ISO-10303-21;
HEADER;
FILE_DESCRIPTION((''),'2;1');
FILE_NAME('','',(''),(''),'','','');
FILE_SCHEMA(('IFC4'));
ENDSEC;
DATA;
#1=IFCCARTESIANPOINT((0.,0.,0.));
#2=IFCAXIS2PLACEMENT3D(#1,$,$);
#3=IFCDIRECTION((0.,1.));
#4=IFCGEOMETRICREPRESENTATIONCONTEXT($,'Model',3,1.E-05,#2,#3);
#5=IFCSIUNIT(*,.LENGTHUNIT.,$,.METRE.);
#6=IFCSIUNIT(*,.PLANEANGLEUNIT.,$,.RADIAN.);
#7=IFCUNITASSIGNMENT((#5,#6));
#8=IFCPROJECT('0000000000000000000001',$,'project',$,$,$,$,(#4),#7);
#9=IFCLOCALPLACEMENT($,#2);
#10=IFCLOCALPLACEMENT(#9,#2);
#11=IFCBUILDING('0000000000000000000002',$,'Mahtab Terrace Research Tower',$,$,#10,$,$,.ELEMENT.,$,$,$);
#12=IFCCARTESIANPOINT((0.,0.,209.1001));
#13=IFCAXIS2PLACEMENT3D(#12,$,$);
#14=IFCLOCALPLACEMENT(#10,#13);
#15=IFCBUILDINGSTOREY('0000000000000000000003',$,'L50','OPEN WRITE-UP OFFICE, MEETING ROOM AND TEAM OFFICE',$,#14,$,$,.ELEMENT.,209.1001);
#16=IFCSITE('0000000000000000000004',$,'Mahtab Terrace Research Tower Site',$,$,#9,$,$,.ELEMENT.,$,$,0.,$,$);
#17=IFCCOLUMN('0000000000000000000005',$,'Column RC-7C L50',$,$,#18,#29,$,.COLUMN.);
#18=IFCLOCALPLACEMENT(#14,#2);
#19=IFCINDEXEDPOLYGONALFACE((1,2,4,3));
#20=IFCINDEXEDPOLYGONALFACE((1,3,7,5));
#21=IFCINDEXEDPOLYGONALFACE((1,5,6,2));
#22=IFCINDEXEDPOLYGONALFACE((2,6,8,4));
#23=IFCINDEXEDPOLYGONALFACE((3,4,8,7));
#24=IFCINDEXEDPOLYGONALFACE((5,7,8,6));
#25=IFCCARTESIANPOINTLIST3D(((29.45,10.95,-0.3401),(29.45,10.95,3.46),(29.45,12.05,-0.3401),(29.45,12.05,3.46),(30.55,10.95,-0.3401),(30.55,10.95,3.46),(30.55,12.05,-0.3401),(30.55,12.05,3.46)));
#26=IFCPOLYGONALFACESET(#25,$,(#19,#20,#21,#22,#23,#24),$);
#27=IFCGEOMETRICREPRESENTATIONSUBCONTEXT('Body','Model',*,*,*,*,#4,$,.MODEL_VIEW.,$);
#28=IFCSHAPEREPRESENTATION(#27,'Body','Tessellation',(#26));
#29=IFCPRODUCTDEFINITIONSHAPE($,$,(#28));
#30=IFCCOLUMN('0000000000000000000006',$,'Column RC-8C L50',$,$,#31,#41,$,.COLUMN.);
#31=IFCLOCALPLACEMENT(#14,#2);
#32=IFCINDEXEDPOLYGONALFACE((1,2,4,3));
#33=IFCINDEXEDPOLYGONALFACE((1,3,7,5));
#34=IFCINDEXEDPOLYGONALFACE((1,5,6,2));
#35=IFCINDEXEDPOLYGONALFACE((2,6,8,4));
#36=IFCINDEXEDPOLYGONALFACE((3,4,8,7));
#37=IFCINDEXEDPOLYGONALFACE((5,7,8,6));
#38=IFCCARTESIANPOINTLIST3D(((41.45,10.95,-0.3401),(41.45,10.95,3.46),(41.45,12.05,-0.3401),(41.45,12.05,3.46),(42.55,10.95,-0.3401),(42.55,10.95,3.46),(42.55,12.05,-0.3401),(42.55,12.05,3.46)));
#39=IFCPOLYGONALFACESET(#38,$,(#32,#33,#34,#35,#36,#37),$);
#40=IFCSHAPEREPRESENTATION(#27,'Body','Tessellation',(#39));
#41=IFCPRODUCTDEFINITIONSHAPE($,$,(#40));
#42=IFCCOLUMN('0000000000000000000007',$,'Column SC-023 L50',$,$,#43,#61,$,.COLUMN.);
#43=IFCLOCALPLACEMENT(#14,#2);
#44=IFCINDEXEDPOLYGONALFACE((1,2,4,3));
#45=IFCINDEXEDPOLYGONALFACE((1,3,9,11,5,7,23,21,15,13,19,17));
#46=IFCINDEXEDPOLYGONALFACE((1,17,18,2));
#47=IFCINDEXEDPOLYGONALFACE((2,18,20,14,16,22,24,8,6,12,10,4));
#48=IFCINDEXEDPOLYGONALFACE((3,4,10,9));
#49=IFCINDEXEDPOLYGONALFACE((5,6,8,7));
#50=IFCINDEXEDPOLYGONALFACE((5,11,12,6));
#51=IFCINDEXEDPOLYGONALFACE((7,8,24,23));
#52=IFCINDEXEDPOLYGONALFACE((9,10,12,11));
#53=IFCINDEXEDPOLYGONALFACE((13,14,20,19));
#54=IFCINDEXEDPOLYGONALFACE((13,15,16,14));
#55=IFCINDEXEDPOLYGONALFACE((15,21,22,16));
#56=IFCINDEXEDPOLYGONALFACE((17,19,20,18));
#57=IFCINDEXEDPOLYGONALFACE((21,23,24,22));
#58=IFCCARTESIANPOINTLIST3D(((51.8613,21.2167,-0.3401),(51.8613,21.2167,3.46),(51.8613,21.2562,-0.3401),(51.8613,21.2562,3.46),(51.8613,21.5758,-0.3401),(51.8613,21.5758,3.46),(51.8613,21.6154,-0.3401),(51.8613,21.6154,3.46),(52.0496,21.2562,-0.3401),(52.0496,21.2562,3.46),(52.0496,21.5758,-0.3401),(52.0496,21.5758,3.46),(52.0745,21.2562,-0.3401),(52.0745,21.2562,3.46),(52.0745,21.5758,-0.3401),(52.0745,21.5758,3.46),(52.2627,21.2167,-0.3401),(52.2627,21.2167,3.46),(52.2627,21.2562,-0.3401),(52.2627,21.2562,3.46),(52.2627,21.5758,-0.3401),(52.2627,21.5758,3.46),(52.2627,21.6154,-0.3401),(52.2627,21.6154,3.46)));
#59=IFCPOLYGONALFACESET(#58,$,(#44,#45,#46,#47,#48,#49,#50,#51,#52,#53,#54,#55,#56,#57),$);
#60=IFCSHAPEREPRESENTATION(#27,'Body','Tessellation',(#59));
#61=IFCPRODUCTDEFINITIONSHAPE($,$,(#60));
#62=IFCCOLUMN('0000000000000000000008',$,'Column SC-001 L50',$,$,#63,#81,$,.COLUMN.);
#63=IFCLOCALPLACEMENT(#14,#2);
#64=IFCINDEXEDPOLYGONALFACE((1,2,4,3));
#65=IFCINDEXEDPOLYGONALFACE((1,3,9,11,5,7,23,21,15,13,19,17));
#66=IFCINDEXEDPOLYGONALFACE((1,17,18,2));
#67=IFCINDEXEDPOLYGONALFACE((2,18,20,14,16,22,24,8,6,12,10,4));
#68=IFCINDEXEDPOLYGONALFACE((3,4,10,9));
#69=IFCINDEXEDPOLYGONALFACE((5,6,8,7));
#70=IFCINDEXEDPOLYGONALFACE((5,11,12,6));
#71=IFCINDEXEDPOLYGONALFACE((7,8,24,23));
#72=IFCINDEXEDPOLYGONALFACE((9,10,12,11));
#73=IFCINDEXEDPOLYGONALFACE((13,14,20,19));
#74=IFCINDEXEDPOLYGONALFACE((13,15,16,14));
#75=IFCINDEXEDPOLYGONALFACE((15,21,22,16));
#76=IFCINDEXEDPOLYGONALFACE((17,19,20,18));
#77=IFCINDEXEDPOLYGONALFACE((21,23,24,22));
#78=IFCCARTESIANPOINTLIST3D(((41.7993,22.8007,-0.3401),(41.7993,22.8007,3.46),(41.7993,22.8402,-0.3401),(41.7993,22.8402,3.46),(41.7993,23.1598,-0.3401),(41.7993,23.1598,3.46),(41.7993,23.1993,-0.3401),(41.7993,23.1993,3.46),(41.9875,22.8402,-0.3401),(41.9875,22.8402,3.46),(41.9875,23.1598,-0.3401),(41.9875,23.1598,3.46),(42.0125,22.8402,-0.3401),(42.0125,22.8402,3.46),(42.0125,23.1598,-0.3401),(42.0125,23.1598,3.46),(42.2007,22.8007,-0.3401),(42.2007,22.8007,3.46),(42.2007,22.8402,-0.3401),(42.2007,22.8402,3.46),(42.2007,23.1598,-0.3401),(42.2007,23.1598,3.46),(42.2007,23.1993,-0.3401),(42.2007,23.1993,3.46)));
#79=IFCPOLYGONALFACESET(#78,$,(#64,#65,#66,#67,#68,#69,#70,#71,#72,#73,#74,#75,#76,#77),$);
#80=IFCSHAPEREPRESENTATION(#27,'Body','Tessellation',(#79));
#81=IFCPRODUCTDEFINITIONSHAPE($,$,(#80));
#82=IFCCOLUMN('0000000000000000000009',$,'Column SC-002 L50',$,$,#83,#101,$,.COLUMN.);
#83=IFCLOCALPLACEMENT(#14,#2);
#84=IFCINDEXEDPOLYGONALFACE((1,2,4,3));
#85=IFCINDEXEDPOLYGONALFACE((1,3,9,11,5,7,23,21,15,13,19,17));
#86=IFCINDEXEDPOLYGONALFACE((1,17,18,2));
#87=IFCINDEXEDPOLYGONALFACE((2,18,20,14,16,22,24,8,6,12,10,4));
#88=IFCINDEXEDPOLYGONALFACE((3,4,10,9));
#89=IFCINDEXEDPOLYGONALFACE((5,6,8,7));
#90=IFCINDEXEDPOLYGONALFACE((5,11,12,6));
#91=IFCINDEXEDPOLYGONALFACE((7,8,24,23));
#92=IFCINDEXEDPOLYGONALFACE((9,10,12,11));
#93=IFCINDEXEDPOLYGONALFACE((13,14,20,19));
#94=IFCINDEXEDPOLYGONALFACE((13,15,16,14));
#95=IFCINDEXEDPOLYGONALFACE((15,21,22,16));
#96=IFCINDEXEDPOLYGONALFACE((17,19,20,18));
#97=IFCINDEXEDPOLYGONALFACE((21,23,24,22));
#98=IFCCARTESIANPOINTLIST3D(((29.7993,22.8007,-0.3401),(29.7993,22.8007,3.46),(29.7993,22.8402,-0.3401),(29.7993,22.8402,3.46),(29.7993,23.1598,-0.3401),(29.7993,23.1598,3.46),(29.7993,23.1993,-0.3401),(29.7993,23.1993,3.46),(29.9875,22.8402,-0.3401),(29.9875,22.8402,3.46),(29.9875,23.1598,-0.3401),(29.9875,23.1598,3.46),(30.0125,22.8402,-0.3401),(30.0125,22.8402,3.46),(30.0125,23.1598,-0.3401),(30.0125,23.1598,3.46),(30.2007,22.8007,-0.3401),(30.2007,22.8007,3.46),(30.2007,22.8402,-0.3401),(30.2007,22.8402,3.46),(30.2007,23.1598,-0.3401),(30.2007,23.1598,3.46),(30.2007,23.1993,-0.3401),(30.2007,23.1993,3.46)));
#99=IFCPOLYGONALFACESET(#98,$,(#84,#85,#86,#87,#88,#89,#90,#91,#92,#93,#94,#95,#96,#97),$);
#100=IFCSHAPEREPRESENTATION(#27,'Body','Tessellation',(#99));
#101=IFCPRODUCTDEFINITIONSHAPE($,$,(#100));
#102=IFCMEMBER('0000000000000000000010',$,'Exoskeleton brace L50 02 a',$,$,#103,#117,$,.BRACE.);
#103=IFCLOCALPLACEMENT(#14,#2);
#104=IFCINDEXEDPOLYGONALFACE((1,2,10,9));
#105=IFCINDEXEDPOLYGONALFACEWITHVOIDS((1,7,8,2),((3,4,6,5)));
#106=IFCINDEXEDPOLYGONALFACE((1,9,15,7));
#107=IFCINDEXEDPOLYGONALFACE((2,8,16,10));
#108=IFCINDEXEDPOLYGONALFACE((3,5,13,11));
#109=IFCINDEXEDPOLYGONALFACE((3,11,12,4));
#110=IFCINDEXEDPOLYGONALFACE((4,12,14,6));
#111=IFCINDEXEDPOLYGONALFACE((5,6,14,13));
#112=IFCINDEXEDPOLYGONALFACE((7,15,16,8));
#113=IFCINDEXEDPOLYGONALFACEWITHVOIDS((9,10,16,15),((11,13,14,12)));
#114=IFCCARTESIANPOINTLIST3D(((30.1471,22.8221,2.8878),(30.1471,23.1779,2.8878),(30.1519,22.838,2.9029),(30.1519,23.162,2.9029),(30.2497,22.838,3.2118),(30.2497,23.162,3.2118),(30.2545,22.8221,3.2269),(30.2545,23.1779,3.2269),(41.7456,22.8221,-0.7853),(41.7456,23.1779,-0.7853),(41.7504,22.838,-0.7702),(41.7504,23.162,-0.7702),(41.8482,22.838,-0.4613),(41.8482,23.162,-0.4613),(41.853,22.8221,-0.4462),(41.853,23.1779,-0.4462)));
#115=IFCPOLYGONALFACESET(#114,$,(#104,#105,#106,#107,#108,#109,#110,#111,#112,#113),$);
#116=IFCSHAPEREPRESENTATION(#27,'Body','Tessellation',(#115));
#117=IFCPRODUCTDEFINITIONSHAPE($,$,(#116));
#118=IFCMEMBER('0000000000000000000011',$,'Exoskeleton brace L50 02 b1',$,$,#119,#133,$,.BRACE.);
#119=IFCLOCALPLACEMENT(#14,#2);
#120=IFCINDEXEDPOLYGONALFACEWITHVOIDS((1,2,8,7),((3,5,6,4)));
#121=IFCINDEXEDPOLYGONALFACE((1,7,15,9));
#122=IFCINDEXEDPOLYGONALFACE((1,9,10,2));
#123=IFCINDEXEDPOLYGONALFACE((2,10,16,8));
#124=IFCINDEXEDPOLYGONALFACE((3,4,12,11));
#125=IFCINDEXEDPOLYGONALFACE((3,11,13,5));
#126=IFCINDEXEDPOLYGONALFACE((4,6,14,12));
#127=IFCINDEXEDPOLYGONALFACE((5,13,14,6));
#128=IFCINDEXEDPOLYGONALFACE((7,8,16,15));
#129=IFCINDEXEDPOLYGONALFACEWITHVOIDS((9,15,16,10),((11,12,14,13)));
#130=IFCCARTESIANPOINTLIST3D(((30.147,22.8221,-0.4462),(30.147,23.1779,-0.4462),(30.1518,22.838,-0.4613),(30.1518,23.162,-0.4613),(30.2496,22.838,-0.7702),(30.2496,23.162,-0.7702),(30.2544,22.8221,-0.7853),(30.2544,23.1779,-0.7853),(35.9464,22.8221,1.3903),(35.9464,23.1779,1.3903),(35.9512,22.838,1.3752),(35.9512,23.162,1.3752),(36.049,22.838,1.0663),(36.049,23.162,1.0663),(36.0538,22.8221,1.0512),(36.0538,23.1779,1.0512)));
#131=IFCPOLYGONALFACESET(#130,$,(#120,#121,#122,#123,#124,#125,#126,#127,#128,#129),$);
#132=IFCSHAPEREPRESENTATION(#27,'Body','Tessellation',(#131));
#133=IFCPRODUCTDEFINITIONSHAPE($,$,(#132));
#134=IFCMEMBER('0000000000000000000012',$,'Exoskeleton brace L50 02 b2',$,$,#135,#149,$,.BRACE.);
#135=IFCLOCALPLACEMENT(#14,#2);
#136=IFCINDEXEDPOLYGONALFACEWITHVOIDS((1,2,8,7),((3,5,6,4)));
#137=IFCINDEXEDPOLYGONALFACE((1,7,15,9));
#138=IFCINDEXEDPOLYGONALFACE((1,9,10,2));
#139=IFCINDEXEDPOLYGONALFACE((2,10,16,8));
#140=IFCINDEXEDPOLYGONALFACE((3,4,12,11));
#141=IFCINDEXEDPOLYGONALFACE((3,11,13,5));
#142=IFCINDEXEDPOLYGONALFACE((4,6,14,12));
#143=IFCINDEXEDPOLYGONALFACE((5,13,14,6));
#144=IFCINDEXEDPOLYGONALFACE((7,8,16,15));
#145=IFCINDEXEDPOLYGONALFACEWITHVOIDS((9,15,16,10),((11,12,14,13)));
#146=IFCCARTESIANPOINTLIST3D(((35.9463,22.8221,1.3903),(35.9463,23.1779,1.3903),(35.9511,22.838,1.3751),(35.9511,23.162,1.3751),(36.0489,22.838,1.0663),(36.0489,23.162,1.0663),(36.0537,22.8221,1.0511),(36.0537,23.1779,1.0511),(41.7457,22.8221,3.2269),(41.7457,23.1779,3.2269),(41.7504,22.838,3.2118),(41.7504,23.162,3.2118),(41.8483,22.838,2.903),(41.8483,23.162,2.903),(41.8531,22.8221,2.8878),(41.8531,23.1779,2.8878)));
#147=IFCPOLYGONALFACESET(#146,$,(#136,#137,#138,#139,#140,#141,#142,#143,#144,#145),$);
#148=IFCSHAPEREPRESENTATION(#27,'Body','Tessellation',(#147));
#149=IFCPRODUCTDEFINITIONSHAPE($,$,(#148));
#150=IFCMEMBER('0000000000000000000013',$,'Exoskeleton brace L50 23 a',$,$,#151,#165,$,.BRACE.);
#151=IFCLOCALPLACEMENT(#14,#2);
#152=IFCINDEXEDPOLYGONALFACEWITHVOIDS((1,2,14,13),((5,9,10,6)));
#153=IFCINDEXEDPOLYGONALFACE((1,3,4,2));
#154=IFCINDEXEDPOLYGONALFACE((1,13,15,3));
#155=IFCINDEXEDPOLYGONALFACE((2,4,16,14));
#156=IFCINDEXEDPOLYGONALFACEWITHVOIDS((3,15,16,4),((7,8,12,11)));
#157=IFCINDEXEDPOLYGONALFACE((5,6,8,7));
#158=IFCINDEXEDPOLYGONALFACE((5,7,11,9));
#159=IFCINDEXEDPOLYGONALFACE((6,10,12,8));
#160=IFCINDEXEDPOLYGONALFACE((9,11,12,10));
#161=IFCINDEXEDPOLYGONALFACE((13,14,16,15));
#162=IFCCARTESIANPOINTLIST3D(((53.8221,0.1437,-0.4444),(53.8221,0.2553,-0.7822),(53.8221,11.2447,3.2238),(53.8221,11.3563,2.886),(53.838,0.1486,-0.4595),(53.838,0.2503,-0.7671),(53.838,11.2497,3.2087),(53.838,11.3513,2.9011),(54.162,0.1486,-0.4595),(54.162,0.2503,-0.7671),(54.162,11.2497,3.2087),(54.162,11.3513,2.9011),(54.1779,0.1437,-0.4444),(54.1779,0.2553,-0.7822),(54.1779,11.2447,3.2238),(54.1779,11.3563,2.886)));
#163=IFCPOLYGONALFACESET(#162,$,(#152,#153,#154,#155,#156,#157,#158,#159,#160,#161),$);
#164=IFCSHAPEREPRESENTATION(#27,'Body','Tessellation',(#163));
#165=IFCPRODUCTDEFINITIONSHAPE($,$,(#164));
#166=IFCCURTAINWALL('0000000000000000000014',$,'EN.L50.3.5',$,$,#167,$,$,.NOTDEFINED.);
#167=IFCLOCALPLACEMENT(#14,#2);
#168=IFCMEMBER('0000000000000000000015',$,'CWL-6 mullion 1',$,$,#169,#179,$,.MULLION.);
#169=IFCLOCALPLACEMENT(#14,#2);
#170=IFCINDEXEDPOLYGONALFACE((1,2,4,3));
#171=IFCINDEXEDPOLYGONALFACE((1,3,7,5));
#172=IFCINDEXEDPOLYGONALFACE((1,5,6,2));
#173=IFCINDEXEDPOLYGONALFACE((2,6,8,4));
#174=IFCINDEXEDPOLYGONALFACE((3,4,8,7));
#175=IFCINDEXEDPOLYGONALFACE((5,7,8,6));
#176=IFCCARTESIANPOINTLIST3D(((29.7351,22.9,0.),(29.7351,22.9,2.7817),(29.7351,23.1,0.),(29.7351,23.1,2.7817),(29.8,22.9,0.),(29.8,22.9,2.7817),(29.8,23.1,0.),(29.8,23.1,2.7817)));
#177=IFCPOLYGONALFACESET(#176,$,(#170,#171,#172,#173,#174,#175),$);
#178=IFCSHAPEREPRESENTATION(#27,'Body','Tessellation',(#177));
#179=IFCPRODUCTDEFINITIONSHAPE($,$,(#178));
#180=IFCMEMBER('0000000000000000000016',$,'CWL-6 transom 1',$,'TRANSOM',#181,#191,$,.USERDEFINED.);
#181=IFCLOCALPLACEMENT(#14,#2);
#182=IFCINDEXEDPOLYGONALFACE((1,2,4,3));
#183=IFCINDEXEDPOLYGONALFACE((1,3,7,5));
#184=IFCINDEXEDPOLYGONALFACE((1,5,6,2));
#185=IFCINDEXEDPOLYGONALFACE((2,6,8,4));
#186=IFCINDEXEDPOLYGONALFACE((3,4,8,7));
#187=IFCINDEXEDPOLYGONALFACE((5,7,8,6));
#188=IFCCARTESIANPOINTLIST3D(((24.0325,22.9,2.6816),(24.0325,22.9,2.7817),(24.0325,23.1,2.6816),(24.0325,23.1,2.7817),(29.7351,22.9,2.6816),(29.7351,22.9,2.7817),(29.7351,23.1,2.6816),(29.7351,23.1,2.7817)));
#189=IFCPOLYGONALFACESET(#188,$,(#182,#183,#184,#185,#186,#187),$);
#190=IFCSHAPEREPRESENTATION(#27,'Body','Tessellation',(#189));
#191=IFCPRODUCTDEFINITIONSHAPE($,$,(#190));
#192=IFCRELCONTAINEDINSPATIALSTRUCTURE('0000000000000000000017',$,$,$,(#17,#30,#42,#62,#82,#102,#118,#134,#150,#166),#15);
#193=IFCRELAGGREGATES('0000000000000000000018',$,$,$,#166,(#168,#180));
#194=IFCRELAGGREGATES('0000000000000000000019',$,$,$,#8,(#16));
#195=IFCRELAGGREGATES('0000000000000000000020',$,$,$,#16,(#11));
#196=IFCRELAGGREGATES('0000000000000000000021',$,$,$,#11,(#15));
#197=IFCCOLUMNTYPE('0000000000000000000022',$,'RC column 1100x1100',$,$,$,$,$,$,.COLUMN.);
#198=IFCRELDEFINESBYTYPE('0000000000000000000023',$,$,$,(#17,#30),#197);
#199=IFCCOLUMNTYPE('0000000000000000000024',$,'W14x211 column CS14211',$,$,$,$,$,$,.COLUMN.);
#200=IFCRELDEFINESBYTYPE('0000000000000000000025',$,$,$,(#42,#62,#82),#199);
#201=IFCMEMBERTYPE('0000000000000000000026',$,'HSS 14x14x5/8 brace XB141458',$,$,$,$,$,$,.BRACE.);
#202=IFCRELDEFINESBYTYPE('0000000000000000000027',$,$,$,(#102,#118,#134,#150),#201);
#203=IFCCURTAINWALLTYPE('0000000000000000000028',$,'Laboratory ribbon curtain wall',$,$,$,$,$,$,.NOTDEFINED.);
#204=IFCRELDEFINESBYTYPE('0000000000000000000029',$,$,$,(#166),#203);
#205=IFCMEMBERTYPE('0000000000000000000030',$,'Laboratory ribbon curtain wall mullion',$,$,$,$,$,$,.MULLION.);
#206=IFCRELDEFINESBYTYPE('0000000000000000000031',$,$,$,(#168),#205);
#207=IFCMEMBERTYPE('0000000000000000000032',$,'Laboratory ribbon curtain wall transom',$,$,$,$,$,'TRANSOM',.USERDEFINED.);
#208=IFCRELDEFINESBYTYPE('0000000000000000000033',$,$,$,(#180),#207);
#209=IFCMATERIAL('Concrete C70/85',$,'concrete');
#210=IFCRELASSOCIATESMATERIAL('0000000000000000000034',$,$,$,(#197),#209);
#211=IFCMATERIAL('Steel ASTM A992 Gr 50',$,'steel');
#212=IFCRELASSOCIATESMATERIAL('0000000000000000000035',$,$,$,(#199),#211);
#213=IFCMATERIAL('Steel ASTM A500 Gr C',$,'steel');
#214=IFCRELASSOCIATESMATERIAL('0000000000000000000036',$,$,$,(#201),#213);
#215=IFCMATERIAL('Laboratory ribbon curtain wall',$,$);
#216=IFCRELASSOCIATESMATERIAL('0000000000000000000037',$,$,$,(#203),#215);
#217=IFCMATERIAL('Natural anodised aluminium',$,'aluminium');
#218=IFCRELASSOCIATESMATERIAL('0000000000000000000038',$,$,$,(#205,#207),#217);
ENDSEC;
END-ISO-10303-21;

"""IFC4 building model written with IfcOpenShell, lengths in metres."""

from ifc_helpers import new_model, si_unit, direction, frame, origin, origin_2d, place, context, subcontext, project, spatial, rectangle, hollow_rectangle, i_section, extrude, material, material_profile, profile_set, type_object, element, aggregate, save


model = new_model("IFC4")

# Units and contexts
model_context = context("Model", 3, precision=1e-05, world=origin(), true_north=direction((0.0, 1.0)))
body_context = subcontext(model_context, "Body", "Model", "MODEL_VIEW")
ifc_project = project(units=[si_unit("LENGTHUNIT", "METRE"), si_unit("PLANEANGLEUNIT", "RADIAN")], contexts=[model_context])

# Site, building, storey
site_placement = place(None, origin())
site = spatial("IfcSite", under=ifc_project, at=site_placement, Name="Mahtab Terrace Research Tower Site", CompositionType="ELEMENT", RefElevation=0.0)
building_placement = place(site_placement, origin())
building = spatial("IfcBuilding", under=site, at=building_placement, Name="Mahtab Terrace Research Tower", CompositionType="ELEMENT")
storey_placement = place(building_placement, frame((0.0, 0.0, 209.1001)))
storey = spatial("IfcBuildingStorey", under=building, at=storey_placement, Name="L50", Description="OPEN WRITE-UP OFFICE, MEETING ROOM AND TEAM OFFICE", CompositionType="ELEMENT", Elevation=209.1001)

# Columns
ifc_material_1 = material(Name="Concrete C70/85", Category="concrete")
ifc_material_profile_1 = material_profile(ifc_material_1, rectangle(XDim=1.1001, YDim=1.1001, at=origin_2d()), Name="RC column 1100x1100")
ifc_profile_set_1 = profile_set([ifc_material_profile_1], Name="Concrete C70/85")
column_type_1 = type_object("IfcColumnType", Name="RC column 1100x1100", PredefinedType="COLUMN", material=ifc_profile_set_1)
for number, where, z_axis, x_axis, name in (
    (1, (30.0, 11.5, -0.3401), (0.0, 0.0, 1.0), (1.0, 0.0, 0.0), "Column RC-7C L50"),
    (2, (42.0, 11.5, -0.3401), (0.0, 0.0, 1.0), (1.0, 0.0, 0.0), "Column RC-8C L50"),
):
    element("IfcColumn", number, at=place(storey_placement, frame(where, z_axis=z_axis, x_axis=x_axis)), inside=storey, type_object=column_type_1, Name=name, PredefinedType="COLUMN", context=body_context, shape_type="SweptSolid", body=[
        extrude(rectangle(XDim=1.1001, YDim=1.1001, at=origin_2d()), origin(), (0.0, 0.0, 1.0), 3.8),
    ])
ifc_material_2 = material(Name="Steel ASTM A992 Gr 50", Category="steel")
ifc_material_profile_2 = material_profile(ifc_material_2, i_section(OverallWidth=0.4014, OverallDepth=0.3987, WebThickness=0.0249, FlangeThickness=0.0396, at=origin_2d()), Name="W14X211")
ifc_profile_set_2 = profile_set([ifc_material_profile_2], Name="Steel ASTM A992 Gr 50")
column_type_2 = type_object("IfcColumnType", Name="W14x211 column CS14211", PredefinedType="COLUMN", material=ifc_profile_set_2)
for number, where, z_axis, x_axis, name in (
    (3, (52.062, 21.416, -0.3401), (0.0, 0.0, 1.0), (1.0, 0.0, 0.0), "Column SC-023 L50"),
    (4, (42.0, 23.0, -0.3401), (0.0, 0.0, 1.0), (1.0, 0.0, 0.0), "Column SC-001 L50"),
    (5, (30.0, 23.0, -0.3401), (0.0, 0.0, 1.0), (1.0, 0.0, 0.0), "Column SC-002 L50"),
):
    element("IfcColumn", number, at=place(storey_placement, frame(where, z_axis=z_axis, x_axis=x_axis)), inside=storey, type_object=column_type_2, Name=name, PredefinedType="COLUMN", context=body_context, shape_type="SweptSolid", body=[
        extrude(i_section(OverallWidth=0.4014, OverallDepth=0.3987, WebThickness=0.0249, FlangeThickness=0.0396, at=origin_2d()), origin(), (0.0, 0.0, 1.0), 3.8),
    ])

# Members
ifc_material_3 = material(Name="Steel ASTM A500 Gr C", Category="steel")
ifc_material_profile_3 = material_profile(ifc_material_3, hollow_rectangle(XDim=0.3557, YDim=0.3557, WallThickness=0.0159, at=origin_2d()), Name="HSS14X14X5/8")
ifc_profile_set_3 = profile_set([ifc_material_profile_3], Name="Steel ASTM A500 Gr C")
member_type_1 = type_object("IfcMemberType", Name="HSS 14x14x5/8 brace XB141458", PredefinedType="BRACE", material=ifc_profile_set_3)
member_1_placement = place(storey_placement, frame((41.7993, 23.0, -0.6157), z_axis=(-0.953338, 0.0, 0.301906), x_axis=(0.0, -1.0, 0.0)))
element("IfcMember", 6, at=member_1_placement, inside=storey, type_object=member_type_1, Name="Exoskeleton brace L50 02 a", PredefinedType="BRACE", context=body_context, shape_type="SweptSolid", body=[
    extrude(hollow_rectangle(XDim=0.3557, YDim=0.3557, WallThickness=0.0159, at=origin_2d()), origin(), (0.0, 0.0, 1.0), 12.1663),
])
for number, where, z_axis, x_axis, name in (
    (7, (30.2007, 23.0, -0.6157), (0.953343, 0.0, 0.301888), (0.0, 1.0, 0.0), "Exoskeleton brace L50 02 b1"),
    (8, (36.0, 23.0, 1.2207), (0.953332, 0.0, 0.301925), (0.0, 1.0, 0.0), "Exoskeleton brace L50 02 b2"),
):
    element("IfcMember", number, at=place(storey_placement, frame(where, z_axis=z_axis, x_axis=x_axis)), inside=storey, type_object=member_type_1, Name=name, PredefinedType="BRACE", context=body_context, shape_type="SweptSolid", body=[
        extrude(hollow_rectangle(XDim=0.3557, YDim=0.3557, WallThickness=0.0159, at=origin_2d()), origin(), (0.0, 0.0, 1.0), 6.0833),
    ])
member_2_placement = place(storey_placement, frame((54.0, 0.1995, -0.6133), z_axis=(0.0, 0.949505, 0.313752), x_axis=(-1.0, 0.0, 0.0)))
element("IfcMember", 9, at=member_2_placement, inside=storey, type_object=member_type_1, Name="Exoskeleton brace L50 23 a", PredefinedType="BRACE", context=body_context, shape_type="SweptSolid", body=[
    extrude(hollow_rectangle(XDim=0.3557, YDim=0.3557, WallThickness=0.0159, at=origin_2d()), origin(), (0.0, 0.0, 1.0), 11.6914),
])

# Curtain wall, members
ifc_material_4 = material(Name="Laboratory ribbon curtain wall")
curtain_wall_type = type_object("IfcCurtainWallType", Name="Laboratory ribbon curtain wall", PredefinedType="NOTDEFINED", material=ifc_material_4)
curtain_wall_placement = place(storey_placement, origin())
curtain_wall = element("IfcCurtainWall", 10, at=curtain_wall_placement, inside=storey, type_object=curtain_wall_type, Name="EN.L50.3.5", PredefinedType="NOTDEFINED")
ifc_material_5 = material(Name="Natural anodised aluminium", Category="aluminium")
ifc_material_profile_4 = material_profile(ifc_material_5, rectangle(XDim=0.2, YDim=0.0649, at=origin_2d()), Name="MULLION 65x200")
ifc_profile_set_4 = profile_set([ifc_material_profile_4], Name="Natural anodised aluminium")
member_type_2 = type_object("IfcMemberType", Name="Laboratory ribbon curtain wall mullion", PredefinedType="MULLION", material=ifc_profile_set_4)
member_3_placement = place(storey_placement, frame((29.7676, 23.0, 0.0), z_axis=(0.0, 0.0, 1.0), x_axis=(0.0, -1.0, 0.0)))
member_3 = element("IfcMember", 11, at=member_3_placement, type_object=member_type_2, Name="CWL-6 mullion 1", PredefinedType="MULLION", context=body_context, shape_type="SweptSolid", body=[
    extrude(rectangle(XDim=0.2, YDim=0.0649, at=origin_2d()), origin(), (0.0, 0.0, 1.0), 2.7817),
])
ifc_material_profile_5 = material_profile(ifc_material_5, rectangle(XDim=0.2, YDim=0.1001, at=origin_2d()), Name="TRANSOM 100x200")
ifc_profile_set_5 = profile_set([ifc_material_profile_5], Name="Natural anodised aluminium")
member_type_3 = type_object("IfcMemberType", Name="Laboratory ribbon curtain wall transom", ElementType="TRANSOM", PredefinedType="USERDEFINED", material=ifc_profile_set_5)
member_4_placement = place(storey_placement, frame((29.7351, 23.0, 2.7317), z_axis=(-1.0, 0.0, 0.0), x_axis=(0.0, -1.0, 0.0)))
member_4 = element("IfcMember", 12, at=member_4_placement, type_object=member_type_3, Name="CWL-6 transom 1", ObjectType="TRANSOM", PredefinedType="USERDEFINED", context=body_context, shape_type="SweptSolid", body=[
    extrude(rectangle(XDim=0.2, YDim=0.1001, at=origin_2d()), origin(), (0.0, 0.0, 1.0), 5.7026),
])
aggregate(curtain_wall, [member_3, member_4])

save(model, "model.ifc")
